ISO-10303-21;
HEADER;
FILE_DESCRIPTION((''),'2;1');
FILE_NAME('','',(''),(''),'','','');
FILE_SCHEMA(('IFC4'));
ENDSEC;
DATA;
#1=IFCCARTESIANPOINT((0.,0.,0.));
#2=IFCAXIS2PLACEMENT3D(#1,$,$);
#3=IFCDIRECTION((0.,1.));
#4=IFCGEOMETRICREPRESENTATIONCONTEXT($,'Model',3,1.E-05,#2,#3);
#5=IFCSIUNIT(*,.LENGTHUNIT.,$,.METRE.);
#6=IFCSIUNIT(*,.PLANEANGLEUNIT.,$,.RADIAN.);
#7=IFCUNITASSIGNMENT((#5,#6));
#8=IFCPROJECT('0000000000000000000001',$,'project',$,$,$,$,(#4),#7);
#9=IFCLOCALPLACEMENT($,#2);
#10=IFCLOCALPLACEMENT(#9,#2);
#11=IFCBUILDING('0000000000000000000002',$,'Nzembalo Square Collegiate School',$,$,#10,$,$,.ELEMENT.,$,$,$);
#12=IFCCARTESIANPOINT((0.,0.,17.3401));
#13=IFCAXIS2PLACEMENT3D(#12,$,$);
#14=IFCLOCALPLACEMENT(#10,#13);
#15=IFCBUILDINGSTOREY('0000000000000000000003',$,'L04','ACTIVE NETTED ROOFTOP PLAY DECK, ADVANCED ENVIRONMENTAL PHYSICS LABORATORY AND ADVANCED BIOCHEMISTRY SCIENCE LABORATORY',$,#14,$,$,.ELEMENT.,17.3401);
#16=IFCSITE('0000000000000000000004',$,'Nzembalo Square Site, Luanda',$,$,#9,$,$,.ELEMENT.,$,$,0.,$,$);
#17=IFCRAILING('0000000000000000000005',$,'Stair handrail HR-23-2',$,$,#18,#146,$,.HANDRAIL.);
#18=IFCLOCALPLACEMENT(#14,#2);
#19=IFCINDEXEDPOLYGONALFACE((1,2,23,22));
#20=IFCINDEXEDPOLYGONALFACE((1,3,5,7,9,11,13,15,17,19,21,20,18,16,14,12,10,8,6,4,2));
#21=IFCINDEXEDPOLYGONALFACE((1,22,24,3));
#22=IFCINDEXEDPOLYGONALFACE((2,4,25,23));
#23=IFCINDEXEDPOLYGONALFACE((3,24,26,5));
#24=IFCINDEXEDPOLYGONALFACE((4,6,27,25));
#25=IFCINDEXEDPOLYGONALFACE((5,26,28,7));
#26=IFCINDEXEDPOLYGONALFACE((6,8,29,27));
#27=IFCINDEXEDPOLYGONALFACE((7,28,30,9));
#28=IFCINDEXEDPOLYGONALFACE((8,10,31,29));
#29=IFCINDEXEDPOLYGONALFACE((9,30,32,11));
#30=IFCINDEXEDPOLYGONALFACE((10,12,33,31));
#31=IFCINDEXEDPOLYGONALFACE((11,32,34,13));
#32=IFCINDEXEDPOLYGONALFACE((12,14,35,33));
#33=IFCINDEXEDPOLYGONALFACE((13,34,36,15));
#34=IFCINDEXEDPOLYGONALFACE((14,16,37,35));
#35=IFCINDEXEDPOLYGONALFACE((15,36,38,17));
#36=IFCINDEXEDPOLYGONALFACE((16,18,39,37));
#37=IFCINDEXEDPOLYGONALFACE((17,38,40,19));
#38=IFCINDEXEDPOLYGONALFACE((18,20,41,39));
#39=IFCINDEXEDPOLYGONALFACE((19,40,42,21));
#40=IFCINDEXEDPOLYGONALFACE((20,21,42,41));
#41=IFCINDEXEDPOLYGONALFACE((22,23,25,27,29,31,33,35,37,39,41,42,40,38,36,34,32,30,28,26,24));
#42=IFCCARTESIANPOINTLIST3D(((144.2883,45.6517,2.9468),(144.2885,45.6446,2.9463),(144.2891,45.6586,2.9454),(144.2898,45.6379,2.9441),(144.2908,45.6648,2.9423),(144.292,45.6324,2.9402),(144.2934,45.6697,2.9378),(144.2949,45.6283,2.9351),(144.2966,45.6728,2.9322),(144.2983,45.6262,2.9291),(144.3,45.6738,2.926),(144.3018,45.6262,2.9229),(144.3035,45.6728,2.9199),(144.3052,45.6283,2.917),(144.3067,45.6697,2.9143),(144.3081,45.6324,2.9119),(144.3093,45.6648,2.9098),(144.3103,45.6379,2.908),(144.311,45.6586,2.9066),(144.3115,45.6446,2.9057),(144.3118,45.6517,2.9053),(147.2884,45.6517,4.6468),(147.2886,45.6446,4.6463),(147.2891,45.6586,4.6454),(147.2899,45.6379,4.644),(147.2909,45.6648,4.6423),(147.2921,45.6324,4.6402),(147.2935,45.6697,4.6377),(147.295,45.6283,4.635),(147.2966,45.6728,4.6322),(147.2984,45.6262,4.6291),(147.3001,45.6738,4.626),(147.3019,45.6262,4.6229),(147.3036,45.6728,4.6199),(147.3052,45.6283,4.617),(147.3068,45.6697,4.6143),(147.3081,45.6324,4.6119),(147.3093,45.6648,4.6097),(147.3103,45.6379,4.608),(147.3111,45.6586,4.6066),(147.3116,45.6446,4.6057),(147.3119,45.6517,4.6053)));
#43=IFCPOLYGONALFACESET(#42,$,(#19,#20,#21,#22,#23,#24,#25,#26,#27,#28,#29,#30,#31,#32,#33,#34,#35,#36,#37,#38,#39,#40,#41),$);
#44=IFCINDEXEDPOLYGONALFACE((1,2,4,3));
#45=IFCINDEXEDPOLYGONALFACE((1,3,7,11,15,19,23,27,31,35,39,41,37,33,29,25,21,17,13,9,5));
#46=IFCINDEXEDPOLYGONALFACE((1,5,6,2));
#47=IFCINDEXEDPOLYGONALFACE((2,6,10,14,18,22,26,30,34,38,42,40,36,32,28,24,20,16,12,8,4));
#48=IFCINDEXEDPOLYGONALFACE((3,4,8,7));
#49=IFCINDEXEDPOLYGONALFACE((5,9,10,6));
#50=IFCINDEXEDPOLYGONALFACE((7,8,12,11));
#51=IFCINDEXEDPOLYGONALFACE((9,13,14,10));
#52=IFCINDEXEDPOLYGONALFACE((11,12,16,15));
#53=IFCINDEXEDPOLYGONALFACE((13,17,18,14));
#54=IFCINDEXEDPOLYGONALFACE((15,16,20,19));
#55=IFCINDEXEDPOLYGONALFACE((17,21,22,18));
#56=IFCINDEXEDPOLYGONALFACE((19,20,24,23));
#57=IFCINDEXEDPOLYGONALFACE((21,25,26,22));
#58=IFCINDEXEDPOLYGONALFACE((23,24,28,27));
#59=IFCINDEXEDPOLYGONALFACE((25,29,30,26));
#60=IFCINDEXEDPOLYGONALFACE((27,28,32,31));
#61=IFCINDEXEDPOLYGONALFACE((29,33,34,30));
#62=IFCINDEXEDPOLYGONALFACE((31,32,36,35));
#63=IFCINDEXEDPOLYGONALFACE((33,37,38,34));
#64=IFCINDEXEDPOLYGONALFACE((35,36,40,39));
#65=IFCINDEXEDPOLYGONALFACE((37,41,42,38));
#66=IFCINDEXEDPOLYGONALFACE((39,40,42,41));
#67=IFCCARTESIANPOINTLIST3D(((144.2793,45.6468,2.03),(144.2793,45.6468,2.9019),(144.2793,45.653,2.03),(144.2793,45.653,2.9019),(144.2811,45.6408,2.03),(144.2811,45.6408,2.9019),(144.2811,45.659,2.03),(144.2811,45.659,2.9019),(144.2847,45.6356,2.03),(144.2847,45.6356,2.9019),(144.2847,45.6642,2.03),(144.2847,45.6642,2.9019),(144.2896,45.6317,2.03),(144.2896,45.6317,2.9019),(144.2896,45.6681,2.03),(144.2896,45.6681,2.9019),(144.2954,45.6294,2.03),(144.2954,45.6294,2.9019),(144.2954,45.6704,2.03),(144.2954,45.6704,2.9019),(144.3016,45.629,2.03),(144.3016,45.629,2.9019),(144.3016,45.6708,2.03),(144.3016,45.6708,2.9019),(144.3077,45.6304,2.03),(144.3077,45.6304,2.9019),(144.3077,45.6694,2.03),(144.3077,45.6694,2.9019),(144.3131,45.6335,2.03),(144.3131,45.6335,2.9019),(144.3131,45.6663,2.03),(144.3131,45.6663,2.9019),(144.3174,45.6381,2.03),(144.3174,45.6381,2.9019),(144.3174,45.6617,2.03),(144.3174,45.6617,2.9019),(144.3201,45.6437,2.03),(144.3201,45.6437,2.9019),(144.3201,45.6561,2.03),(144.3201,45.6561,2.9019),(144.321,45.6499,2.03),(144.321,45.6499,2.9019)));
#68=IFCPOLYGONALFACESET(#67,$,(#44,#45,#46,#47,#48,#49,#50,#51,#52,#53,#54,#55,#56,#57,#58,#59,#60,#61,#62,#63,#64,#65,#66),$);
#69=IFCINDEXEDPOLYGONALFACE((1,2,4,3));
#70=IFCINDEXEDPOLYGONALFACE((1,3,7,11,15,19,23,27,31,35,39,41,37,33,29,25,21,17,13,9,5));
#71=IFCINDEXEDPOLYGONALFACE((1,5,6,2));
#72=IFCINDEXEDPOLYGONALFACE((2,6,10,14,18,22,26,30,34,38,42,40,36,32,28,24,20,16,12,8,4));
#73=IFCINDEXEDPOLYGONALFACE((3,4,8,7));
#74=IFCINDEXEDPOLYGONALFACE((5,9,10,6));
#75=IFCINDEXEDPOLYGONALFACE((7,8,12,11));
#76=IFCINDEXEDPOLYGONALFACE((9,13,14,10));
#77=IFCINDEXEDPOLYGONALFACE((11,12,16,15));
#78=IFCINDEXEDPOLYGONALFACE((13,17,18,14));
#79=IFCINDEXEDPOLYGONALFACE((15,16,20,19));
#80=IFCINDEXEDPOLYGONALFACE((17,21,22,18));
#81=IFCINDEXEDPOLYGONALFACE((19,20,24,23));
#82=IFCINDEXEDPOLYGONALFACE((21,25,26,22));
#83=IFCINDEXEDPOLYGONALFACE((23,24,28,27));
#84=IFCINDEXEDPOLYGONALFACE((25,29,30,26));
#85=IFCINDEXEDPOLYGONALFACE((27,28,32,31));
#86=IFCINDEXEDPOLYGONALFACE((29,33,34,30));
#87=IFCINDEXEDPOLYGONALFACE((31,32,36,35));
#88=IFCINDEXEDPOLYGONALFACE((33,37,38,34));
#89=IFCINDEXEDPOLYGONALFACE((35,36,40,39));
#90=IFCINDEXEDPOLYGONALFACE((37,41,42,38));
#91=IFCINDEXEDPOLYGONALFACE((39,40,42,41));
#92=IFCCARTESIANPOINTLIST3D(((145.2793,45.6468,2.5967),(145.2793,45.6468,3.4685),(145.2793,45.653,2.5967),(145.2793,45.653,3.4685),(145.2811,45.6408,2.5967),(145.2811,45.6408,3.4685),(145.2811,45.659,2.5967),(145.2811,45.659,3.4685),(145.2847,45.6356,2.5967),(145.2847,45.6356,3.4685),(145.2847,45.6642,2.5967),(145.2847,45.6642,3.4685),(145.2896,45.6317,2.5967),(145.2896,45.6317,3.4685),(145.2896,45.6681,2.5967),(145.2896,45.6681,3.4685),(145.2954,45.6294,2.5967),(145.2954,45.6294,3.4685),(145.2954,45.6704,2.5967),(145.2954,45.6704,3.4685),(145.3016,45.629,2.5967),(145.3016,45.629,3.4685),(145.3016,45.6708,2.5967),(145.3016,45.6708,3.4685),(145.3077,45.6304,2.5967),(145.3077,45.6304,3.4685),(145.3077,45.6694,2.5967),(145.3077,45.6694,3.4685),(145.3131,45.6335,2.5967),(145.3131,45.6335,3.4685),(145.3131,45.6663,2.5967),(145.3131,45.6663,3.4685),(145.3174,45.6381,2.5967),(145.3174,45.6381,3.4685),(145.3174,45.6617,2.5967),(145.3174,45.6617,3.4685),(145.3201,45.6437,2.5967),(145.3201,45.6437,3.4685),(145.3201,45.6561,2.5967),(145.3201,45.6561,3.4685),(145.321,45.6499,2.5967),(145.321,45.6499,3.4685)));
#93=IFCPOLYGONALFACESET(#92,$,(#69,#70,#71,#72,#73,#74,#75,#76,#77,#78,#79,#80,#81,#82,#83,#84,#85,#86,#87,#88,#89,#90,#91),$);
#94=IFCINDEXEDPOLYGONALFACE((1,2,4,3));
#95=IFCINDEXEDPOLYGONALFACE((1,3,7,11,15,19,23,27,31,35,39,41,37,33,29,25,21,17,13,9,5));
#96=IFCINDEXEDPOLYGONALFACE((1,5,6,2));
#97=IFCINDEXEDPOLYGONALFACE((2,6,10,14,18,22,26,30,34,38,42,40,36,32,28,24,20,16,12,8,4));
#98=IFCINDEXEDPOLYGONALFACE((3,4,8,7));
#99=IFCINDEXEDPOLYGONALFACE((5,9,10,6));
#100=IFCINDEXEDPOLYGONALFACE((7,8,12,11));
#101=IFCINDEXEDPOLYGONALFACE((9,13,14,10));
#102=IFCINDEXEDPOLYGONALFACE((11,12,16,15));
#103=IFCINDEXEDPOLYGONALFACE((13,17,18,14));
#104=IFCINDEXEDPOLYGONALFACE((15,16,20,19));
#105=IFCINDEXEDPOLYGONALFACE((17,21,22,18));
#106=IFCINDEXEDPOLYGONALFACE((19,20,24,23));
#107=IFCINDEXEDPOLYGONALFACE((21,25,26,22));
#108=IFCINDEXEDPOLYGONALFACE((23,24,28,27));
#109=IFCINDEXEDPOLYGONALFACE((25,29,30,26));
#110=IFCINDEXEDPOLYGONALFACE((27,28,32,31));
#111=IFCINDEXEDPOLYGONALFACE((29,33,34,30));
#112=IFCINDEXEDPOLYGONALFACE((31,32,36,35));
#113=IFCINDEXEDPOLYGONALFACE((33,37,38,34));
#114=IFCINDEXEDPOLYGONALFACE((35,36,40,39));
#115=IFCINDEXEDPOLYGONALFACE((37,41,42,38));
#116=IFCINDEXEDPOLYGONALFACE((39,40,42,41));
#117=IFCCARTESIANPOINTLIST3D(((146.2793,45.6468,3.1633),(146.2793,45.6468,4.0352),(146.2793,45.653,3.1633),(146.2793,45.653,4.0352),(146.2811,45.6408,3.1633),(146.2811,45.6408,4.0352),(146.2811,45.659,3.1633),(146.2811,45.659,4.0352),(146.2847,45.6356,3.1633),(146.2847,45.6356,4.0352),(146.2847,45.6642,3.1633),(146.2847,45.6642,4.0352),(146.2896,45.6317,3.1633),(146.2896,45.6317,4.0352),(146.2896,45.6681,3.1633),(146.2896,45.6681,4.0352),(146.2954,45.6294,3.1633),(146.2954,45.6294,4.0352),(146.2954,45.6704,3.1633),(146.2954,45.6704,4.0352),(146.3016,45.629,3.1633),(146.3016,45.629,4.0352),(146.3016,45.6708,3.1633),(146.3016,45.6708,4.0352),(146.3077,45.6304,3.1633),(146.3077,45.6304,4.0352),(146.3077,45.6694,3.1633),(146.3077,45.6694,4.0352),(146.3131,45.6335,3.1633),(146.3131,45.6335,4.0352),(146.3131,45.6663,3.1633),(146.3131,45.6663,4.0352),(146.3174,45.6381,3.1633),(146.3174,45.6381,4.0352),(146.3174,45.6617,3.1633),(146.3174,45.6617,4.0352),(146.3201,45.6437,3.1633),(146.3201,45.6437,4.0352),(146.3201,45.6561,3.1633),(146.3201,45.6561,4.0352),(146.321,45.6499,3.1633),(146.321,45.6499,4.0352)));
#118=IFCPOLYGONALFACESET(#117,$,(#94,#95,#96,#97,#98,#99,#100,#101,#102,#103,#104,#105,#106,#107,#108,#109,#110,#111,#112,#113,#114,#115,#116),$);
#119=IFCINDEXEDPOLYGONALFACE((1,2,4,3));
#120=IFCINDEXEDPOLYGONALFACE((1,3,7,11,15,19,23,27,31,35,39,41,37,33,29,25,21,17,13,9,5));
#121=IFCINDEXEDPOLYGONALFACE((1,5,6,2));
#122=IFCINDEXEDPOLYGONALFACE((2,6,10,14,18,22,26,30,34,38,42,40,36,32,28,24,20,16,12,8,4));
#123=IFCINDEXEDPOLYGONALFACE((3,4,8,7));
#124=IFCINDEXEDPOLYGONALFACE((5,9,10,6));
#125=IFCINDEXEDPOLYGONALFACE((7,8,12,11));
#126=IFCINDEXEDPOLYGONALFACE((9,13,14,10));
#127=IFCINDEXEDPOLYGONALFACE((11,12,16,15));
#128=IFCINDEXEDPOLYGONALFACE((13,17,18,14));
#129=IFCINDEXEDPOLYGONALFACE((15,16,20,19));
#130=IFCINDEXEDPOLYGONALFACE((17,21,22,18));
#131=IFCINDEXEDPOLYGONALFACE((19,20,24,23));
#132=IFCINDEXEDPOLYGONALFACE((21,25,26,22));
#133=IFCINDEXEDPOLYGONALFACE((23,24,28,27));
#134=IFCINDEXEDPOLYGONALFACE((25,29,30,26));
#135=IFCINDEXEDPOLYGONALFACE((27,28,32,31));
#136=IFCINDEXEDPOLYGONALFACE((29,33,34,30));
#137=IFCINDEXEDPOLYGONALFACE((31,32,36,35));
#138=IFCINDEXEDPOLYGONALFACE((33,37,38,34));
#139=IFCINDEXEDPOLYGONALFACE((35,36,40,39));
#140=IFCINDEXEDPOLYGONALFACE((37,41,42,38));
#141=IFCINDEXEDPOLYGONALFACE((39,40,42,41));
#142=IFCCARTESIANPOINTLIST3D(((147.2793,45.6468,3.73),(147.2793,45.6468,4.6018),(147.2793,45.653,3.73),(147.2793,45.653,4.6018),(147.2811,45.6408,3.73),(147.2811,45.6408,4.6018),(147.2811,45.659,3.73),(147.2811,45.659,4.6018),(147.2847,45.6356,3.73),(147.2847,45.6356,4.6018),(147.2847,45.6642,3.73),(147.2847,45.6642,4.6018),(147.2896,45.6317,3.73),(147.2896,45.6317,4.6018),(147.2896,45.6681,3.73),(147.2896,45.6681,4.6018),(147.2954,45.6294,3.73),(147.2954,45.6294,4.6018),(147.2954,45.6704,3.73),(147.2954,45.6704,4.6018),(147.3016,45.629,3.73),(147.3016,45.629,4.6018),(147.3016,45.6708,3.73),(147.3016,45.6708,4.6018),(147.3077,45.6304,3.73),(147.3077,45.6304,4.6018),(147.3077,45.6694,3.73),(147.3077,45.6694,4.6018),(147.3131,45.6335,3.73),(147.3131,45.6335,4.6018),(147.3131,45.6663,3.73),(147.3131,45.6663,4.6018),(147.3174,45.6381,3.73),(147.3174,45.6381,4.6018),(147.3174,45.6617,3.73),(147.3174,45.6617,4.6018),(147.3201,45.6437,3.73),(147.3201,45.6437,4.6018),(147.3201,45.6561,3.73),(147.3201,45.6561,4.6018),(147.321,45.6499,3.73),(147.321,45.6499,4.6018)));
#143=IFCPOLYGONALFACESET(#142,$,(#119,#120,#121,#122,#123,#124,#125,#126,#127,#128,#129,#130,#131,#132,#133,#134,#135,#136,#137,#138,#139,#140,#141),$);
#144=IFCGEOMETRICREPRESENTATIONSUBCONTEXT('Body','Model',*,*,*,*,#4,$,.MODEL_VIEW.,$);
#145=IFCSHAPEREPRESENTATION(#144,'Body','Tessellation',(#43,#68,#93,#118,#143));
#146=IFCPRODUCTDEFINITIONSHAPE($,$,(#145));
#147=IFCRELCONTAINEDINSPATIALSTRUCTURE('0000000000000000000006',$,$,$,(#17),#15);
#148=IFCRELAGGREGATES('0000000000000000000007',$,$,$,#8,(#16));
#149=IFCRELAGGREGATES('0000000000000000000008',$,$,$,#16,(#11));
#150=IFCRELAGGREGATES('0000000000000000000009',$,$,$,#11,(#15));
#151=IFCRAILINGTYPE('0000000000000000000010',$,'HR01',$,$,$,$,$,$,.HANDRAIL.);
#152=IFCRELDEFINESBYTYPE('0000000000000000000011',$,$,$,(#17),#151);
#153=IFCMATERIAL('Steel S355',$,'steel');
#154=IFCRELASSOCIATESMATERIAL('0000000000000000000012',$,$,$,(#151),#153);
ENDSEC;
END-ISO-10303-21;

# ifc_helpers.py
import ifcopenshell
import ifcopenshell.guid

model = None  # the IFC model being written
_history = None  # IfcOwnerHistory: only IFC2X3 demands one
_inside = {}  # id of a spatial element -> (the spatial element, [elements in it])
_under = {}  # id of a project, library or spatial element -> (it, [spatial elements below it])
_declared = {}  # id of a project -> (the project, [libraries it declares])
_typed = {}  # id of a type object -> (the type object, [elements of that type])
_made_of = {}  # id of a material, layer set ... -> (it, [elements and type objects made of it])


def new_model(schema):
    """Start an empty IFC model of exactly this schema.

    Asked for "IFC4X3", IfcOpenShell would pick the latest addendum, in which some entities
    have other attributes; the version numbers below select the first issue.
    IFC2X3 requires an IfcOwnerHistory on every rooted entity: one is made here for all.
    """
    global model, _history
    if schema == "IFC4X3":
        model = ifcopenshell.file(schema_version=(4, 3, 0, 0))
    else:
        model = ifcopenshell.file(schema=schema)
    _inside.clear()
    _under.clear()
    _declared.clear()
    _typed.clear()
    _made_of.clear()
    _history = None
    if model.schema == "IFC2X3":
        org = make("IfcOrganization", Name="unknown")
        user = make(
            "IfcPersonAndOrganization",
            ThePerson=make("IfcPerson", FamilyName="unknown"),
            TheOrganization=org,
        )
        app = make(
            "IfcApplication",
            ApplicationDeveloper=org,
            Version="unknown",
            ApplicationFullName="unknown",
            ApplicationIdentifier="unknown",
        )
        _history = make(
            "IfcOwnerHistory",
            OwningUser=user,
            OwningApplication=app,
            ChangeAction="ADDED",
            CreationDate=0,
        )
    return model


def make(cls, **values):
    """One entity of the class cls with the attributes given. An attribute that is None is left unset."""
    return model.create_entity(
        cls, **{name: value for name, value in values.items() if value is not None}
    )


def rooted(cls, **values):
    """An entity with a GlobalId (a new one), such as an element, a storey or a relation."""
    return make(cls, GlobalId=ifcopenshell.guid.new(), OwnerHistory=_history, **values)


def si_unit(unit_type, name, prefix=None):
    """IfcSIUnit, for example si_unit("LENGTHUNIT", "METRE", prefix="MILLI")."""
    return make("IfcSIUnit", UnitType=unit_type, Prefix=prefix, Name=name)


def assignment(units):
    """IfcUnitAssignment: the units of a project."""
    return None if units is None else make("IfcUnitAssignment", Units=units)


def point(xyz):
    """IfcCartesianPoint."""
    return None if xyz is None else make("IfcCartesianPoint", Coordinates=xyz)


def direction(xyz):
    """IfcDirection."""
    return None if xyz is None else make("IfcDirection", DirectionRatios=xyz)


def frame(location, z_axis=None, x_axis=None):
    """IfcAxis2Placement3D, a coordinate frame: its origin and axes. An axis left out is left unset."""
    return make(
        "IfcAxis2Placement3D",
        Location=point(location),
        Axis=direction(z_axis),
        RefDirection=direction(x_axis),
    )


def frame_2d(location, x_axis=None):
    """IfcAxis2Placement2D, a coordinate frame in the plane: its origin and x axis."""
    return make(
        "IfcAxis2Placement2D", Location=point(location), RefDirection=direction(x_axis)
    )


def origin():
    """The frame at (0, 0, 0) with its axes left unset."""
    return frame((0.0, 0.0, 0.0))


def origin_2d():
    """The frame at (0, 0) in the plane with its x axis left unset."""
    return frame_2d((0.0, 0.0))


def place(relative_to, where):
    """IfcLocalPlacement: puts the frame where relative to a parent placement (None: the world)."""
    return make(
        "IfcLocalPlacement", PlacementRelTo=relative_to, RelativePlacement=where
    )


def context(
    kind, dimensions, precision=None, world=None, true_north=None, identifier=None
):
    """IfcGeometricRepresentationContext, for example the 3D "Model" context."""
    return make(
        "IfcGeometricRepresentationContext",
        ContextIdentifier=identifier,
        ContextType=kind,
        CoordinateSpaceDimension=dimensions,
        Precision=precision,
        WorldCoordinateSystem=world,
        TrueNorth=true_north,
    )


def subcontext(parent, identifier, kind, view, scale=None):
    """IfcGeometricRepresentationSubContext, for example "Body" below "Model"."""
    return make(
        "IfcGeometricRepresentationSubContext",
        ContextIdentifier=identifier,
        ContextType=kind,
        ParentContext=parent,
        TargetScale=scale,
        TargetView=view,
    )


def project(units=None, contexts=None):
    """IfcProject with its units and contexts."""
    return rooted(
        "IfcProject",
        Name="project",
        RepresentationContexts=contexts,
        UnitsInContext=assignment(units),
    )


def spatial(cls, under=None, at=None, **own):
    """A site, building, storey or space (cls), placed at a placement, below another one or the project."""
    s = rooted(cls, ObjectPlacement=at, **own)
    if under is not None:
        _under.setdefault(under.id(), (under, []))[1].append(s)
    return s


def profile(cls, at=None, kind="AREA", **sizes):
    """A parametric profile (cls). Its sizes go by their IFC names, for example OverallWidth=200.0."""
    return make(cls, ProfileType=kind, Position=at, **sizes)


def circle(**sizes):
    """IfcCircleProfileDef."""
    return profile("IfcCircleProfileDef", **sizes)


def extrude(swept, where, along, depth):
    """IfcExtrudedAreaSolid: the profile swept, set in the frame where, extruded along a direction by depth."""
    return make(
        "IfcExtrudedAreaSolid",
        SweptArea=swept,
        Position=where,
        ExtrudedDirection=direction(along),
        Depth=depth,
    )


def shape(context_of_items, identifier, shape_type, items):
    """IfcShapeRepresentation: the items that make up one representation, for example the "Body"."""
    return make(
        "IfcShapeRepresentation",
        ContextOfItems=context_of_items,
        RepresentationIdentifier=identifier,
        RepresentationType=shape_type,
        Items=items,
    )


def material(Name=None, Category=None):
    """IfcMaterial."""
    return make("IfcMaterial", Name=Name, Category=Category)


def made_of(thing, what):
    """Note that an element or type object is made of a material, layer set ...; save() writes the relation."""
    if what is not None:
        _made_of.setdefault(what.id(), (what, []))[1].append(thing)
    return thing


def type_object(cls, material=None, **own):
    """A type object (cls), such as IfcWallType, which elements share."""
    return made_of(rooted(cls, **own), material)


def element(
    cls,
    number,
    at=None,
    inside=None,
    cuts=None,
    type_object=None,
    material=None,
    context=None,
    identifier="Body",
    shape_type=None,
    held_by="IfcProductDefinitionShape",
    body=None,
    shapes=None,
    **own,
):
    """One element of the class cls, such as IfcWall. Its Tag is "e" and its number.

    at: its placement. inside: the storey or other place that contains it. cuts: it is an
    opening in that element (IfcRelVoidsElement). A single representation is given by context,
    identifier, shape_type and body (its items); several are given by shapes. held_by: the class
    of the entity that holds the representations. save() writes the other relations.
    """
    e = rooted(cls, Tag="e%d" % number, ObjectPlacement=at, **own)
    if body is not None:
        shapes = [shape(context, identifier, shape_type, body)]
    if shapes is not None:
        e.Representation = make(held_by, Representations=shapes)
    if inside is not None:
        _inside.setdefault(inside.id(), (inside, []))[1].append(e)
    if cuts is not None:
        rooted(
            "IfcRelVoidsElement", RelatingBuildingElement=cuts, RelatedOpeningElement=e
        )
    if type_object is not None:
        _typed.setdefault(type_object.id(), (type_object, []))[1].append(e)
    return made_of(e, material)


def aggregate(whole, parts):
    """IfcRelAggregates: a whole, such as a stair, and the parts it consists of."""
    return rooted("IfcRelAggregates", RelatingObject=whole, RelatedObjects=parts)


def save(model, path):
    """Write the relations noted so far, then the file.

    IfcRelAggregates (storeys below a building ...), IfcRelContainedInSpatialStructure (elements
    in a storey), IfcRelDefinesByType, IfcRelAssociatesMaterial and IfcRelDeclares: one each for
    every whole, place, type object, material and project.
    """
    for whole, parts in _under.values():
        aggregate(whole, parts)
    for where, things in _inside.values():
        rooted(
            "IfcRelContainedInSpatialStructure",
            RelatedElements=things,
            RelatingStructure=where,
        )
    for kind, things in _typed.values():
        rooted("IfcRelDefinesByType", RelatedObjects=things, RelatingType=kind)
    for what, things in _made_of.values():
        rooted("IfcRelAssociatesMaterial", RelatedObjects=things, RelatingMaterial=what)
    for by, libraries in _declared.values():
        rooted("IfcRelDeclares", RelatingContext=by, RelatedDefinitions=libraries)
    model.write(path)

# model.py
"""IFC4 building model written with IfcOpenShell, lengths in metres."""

from ifc_helpers import new_model, si_unit, direction, frame, origin, origin_2d, place, context, subcontext, project, spatial, circle, extrude, material, type_object, element, save


model = new_model("IFC4")

# Units and contexts
model_context = context("Model", 3, precision=1e-05, world=origin(), true_north=direction((0.0, 1.0)))
body_context = subcontext(model_context, "Body", "Model", "MODEL_VIEW")
ifc_project = project(units=[si_unit("LENGTHUNIT", "METRE"), si_unit("PLANEANGLEUNIT", "RADIAN")], contexts=[model_context])

# Site, building, storey
site_placement = place(None, origin())
site = spatial("IfcSite", under=ifc_project, at=site_placement, Name="Nzembalo Square Site, Luanda", CompositionType="ELEMENT", RefElevation=0.0)
building_placement = place(site_placement, origin())
building = spatial("IfcBuilding", under=site, at=building_placement, Name="Nzembalo Square Collegiate School", CompositionType="ELEMENT")
storey_placement = place(building_placement, frame((0.0, 0.0, 17.3401)))
storey = spatial("IfcBuildingStorey", under=building, at=storey_placement, Name="L04", Description="ACTIVE NETTED ROOFTOP PLAY DECK, ADVANCED ENVIRONMENTAL PHYSICS LABORATORY AND ADVANCED BIOCHEMISTRY SCIENCE LABORATORY", CompositionType="ELEMENT", Elevation=17.3401)

# Railing
ifc_material_1 = material(Name="Steel S355", Category="steel")
railing_type_1 = type_object("IfcRailingType", Name="HR01", PredefinedType="HANDRAIL", material=ifc_material_1)
railing_1_placement = place(storey_placement, frame((144.3, 45.6499, 2.03)))
element("IfcRailing", 1, at=railing_1_placement, inside=storey, type_object=railing_type_1, Name="Stair handrail HR-23-2", PredefinedType="HANDRAIL", context=body_context, shape_type="SweptSolid", body=[
    extrude(circle(Radius=0.0239, at=origin_2d()), frame((0.0, 0.0, 0.896), z_axis=(0.870028, 0.0, 0.493002), x_axis=(0.0, 1.0, 0.0)), (0.0, 0.0, 1.0), 3.4482),
    extrude(circle(Radius=0.021, at=origin_2d()), origin(), (0.0, 0.0, 1.0), 0.8718),
    extrude(circle(Radius=0.021, at=origin_2d()), frame((1.0, 0.0, 0.5667)), (0.0, 0.0, 1.0), 0.8718),
    extrude(circle(Radius=0.021, at=origin_2d()), frame((2.0, 0.0, 1.1333)), (0.0, 0.0, 1.0), 0.8718),
    extrude(circle(Radius=0.021, at=origin_2d()), frame((3.0, 0.0, 1.7)), (0.0, 0.0, 1.0), 0.8718),
])

save(model, "model.ifc")
